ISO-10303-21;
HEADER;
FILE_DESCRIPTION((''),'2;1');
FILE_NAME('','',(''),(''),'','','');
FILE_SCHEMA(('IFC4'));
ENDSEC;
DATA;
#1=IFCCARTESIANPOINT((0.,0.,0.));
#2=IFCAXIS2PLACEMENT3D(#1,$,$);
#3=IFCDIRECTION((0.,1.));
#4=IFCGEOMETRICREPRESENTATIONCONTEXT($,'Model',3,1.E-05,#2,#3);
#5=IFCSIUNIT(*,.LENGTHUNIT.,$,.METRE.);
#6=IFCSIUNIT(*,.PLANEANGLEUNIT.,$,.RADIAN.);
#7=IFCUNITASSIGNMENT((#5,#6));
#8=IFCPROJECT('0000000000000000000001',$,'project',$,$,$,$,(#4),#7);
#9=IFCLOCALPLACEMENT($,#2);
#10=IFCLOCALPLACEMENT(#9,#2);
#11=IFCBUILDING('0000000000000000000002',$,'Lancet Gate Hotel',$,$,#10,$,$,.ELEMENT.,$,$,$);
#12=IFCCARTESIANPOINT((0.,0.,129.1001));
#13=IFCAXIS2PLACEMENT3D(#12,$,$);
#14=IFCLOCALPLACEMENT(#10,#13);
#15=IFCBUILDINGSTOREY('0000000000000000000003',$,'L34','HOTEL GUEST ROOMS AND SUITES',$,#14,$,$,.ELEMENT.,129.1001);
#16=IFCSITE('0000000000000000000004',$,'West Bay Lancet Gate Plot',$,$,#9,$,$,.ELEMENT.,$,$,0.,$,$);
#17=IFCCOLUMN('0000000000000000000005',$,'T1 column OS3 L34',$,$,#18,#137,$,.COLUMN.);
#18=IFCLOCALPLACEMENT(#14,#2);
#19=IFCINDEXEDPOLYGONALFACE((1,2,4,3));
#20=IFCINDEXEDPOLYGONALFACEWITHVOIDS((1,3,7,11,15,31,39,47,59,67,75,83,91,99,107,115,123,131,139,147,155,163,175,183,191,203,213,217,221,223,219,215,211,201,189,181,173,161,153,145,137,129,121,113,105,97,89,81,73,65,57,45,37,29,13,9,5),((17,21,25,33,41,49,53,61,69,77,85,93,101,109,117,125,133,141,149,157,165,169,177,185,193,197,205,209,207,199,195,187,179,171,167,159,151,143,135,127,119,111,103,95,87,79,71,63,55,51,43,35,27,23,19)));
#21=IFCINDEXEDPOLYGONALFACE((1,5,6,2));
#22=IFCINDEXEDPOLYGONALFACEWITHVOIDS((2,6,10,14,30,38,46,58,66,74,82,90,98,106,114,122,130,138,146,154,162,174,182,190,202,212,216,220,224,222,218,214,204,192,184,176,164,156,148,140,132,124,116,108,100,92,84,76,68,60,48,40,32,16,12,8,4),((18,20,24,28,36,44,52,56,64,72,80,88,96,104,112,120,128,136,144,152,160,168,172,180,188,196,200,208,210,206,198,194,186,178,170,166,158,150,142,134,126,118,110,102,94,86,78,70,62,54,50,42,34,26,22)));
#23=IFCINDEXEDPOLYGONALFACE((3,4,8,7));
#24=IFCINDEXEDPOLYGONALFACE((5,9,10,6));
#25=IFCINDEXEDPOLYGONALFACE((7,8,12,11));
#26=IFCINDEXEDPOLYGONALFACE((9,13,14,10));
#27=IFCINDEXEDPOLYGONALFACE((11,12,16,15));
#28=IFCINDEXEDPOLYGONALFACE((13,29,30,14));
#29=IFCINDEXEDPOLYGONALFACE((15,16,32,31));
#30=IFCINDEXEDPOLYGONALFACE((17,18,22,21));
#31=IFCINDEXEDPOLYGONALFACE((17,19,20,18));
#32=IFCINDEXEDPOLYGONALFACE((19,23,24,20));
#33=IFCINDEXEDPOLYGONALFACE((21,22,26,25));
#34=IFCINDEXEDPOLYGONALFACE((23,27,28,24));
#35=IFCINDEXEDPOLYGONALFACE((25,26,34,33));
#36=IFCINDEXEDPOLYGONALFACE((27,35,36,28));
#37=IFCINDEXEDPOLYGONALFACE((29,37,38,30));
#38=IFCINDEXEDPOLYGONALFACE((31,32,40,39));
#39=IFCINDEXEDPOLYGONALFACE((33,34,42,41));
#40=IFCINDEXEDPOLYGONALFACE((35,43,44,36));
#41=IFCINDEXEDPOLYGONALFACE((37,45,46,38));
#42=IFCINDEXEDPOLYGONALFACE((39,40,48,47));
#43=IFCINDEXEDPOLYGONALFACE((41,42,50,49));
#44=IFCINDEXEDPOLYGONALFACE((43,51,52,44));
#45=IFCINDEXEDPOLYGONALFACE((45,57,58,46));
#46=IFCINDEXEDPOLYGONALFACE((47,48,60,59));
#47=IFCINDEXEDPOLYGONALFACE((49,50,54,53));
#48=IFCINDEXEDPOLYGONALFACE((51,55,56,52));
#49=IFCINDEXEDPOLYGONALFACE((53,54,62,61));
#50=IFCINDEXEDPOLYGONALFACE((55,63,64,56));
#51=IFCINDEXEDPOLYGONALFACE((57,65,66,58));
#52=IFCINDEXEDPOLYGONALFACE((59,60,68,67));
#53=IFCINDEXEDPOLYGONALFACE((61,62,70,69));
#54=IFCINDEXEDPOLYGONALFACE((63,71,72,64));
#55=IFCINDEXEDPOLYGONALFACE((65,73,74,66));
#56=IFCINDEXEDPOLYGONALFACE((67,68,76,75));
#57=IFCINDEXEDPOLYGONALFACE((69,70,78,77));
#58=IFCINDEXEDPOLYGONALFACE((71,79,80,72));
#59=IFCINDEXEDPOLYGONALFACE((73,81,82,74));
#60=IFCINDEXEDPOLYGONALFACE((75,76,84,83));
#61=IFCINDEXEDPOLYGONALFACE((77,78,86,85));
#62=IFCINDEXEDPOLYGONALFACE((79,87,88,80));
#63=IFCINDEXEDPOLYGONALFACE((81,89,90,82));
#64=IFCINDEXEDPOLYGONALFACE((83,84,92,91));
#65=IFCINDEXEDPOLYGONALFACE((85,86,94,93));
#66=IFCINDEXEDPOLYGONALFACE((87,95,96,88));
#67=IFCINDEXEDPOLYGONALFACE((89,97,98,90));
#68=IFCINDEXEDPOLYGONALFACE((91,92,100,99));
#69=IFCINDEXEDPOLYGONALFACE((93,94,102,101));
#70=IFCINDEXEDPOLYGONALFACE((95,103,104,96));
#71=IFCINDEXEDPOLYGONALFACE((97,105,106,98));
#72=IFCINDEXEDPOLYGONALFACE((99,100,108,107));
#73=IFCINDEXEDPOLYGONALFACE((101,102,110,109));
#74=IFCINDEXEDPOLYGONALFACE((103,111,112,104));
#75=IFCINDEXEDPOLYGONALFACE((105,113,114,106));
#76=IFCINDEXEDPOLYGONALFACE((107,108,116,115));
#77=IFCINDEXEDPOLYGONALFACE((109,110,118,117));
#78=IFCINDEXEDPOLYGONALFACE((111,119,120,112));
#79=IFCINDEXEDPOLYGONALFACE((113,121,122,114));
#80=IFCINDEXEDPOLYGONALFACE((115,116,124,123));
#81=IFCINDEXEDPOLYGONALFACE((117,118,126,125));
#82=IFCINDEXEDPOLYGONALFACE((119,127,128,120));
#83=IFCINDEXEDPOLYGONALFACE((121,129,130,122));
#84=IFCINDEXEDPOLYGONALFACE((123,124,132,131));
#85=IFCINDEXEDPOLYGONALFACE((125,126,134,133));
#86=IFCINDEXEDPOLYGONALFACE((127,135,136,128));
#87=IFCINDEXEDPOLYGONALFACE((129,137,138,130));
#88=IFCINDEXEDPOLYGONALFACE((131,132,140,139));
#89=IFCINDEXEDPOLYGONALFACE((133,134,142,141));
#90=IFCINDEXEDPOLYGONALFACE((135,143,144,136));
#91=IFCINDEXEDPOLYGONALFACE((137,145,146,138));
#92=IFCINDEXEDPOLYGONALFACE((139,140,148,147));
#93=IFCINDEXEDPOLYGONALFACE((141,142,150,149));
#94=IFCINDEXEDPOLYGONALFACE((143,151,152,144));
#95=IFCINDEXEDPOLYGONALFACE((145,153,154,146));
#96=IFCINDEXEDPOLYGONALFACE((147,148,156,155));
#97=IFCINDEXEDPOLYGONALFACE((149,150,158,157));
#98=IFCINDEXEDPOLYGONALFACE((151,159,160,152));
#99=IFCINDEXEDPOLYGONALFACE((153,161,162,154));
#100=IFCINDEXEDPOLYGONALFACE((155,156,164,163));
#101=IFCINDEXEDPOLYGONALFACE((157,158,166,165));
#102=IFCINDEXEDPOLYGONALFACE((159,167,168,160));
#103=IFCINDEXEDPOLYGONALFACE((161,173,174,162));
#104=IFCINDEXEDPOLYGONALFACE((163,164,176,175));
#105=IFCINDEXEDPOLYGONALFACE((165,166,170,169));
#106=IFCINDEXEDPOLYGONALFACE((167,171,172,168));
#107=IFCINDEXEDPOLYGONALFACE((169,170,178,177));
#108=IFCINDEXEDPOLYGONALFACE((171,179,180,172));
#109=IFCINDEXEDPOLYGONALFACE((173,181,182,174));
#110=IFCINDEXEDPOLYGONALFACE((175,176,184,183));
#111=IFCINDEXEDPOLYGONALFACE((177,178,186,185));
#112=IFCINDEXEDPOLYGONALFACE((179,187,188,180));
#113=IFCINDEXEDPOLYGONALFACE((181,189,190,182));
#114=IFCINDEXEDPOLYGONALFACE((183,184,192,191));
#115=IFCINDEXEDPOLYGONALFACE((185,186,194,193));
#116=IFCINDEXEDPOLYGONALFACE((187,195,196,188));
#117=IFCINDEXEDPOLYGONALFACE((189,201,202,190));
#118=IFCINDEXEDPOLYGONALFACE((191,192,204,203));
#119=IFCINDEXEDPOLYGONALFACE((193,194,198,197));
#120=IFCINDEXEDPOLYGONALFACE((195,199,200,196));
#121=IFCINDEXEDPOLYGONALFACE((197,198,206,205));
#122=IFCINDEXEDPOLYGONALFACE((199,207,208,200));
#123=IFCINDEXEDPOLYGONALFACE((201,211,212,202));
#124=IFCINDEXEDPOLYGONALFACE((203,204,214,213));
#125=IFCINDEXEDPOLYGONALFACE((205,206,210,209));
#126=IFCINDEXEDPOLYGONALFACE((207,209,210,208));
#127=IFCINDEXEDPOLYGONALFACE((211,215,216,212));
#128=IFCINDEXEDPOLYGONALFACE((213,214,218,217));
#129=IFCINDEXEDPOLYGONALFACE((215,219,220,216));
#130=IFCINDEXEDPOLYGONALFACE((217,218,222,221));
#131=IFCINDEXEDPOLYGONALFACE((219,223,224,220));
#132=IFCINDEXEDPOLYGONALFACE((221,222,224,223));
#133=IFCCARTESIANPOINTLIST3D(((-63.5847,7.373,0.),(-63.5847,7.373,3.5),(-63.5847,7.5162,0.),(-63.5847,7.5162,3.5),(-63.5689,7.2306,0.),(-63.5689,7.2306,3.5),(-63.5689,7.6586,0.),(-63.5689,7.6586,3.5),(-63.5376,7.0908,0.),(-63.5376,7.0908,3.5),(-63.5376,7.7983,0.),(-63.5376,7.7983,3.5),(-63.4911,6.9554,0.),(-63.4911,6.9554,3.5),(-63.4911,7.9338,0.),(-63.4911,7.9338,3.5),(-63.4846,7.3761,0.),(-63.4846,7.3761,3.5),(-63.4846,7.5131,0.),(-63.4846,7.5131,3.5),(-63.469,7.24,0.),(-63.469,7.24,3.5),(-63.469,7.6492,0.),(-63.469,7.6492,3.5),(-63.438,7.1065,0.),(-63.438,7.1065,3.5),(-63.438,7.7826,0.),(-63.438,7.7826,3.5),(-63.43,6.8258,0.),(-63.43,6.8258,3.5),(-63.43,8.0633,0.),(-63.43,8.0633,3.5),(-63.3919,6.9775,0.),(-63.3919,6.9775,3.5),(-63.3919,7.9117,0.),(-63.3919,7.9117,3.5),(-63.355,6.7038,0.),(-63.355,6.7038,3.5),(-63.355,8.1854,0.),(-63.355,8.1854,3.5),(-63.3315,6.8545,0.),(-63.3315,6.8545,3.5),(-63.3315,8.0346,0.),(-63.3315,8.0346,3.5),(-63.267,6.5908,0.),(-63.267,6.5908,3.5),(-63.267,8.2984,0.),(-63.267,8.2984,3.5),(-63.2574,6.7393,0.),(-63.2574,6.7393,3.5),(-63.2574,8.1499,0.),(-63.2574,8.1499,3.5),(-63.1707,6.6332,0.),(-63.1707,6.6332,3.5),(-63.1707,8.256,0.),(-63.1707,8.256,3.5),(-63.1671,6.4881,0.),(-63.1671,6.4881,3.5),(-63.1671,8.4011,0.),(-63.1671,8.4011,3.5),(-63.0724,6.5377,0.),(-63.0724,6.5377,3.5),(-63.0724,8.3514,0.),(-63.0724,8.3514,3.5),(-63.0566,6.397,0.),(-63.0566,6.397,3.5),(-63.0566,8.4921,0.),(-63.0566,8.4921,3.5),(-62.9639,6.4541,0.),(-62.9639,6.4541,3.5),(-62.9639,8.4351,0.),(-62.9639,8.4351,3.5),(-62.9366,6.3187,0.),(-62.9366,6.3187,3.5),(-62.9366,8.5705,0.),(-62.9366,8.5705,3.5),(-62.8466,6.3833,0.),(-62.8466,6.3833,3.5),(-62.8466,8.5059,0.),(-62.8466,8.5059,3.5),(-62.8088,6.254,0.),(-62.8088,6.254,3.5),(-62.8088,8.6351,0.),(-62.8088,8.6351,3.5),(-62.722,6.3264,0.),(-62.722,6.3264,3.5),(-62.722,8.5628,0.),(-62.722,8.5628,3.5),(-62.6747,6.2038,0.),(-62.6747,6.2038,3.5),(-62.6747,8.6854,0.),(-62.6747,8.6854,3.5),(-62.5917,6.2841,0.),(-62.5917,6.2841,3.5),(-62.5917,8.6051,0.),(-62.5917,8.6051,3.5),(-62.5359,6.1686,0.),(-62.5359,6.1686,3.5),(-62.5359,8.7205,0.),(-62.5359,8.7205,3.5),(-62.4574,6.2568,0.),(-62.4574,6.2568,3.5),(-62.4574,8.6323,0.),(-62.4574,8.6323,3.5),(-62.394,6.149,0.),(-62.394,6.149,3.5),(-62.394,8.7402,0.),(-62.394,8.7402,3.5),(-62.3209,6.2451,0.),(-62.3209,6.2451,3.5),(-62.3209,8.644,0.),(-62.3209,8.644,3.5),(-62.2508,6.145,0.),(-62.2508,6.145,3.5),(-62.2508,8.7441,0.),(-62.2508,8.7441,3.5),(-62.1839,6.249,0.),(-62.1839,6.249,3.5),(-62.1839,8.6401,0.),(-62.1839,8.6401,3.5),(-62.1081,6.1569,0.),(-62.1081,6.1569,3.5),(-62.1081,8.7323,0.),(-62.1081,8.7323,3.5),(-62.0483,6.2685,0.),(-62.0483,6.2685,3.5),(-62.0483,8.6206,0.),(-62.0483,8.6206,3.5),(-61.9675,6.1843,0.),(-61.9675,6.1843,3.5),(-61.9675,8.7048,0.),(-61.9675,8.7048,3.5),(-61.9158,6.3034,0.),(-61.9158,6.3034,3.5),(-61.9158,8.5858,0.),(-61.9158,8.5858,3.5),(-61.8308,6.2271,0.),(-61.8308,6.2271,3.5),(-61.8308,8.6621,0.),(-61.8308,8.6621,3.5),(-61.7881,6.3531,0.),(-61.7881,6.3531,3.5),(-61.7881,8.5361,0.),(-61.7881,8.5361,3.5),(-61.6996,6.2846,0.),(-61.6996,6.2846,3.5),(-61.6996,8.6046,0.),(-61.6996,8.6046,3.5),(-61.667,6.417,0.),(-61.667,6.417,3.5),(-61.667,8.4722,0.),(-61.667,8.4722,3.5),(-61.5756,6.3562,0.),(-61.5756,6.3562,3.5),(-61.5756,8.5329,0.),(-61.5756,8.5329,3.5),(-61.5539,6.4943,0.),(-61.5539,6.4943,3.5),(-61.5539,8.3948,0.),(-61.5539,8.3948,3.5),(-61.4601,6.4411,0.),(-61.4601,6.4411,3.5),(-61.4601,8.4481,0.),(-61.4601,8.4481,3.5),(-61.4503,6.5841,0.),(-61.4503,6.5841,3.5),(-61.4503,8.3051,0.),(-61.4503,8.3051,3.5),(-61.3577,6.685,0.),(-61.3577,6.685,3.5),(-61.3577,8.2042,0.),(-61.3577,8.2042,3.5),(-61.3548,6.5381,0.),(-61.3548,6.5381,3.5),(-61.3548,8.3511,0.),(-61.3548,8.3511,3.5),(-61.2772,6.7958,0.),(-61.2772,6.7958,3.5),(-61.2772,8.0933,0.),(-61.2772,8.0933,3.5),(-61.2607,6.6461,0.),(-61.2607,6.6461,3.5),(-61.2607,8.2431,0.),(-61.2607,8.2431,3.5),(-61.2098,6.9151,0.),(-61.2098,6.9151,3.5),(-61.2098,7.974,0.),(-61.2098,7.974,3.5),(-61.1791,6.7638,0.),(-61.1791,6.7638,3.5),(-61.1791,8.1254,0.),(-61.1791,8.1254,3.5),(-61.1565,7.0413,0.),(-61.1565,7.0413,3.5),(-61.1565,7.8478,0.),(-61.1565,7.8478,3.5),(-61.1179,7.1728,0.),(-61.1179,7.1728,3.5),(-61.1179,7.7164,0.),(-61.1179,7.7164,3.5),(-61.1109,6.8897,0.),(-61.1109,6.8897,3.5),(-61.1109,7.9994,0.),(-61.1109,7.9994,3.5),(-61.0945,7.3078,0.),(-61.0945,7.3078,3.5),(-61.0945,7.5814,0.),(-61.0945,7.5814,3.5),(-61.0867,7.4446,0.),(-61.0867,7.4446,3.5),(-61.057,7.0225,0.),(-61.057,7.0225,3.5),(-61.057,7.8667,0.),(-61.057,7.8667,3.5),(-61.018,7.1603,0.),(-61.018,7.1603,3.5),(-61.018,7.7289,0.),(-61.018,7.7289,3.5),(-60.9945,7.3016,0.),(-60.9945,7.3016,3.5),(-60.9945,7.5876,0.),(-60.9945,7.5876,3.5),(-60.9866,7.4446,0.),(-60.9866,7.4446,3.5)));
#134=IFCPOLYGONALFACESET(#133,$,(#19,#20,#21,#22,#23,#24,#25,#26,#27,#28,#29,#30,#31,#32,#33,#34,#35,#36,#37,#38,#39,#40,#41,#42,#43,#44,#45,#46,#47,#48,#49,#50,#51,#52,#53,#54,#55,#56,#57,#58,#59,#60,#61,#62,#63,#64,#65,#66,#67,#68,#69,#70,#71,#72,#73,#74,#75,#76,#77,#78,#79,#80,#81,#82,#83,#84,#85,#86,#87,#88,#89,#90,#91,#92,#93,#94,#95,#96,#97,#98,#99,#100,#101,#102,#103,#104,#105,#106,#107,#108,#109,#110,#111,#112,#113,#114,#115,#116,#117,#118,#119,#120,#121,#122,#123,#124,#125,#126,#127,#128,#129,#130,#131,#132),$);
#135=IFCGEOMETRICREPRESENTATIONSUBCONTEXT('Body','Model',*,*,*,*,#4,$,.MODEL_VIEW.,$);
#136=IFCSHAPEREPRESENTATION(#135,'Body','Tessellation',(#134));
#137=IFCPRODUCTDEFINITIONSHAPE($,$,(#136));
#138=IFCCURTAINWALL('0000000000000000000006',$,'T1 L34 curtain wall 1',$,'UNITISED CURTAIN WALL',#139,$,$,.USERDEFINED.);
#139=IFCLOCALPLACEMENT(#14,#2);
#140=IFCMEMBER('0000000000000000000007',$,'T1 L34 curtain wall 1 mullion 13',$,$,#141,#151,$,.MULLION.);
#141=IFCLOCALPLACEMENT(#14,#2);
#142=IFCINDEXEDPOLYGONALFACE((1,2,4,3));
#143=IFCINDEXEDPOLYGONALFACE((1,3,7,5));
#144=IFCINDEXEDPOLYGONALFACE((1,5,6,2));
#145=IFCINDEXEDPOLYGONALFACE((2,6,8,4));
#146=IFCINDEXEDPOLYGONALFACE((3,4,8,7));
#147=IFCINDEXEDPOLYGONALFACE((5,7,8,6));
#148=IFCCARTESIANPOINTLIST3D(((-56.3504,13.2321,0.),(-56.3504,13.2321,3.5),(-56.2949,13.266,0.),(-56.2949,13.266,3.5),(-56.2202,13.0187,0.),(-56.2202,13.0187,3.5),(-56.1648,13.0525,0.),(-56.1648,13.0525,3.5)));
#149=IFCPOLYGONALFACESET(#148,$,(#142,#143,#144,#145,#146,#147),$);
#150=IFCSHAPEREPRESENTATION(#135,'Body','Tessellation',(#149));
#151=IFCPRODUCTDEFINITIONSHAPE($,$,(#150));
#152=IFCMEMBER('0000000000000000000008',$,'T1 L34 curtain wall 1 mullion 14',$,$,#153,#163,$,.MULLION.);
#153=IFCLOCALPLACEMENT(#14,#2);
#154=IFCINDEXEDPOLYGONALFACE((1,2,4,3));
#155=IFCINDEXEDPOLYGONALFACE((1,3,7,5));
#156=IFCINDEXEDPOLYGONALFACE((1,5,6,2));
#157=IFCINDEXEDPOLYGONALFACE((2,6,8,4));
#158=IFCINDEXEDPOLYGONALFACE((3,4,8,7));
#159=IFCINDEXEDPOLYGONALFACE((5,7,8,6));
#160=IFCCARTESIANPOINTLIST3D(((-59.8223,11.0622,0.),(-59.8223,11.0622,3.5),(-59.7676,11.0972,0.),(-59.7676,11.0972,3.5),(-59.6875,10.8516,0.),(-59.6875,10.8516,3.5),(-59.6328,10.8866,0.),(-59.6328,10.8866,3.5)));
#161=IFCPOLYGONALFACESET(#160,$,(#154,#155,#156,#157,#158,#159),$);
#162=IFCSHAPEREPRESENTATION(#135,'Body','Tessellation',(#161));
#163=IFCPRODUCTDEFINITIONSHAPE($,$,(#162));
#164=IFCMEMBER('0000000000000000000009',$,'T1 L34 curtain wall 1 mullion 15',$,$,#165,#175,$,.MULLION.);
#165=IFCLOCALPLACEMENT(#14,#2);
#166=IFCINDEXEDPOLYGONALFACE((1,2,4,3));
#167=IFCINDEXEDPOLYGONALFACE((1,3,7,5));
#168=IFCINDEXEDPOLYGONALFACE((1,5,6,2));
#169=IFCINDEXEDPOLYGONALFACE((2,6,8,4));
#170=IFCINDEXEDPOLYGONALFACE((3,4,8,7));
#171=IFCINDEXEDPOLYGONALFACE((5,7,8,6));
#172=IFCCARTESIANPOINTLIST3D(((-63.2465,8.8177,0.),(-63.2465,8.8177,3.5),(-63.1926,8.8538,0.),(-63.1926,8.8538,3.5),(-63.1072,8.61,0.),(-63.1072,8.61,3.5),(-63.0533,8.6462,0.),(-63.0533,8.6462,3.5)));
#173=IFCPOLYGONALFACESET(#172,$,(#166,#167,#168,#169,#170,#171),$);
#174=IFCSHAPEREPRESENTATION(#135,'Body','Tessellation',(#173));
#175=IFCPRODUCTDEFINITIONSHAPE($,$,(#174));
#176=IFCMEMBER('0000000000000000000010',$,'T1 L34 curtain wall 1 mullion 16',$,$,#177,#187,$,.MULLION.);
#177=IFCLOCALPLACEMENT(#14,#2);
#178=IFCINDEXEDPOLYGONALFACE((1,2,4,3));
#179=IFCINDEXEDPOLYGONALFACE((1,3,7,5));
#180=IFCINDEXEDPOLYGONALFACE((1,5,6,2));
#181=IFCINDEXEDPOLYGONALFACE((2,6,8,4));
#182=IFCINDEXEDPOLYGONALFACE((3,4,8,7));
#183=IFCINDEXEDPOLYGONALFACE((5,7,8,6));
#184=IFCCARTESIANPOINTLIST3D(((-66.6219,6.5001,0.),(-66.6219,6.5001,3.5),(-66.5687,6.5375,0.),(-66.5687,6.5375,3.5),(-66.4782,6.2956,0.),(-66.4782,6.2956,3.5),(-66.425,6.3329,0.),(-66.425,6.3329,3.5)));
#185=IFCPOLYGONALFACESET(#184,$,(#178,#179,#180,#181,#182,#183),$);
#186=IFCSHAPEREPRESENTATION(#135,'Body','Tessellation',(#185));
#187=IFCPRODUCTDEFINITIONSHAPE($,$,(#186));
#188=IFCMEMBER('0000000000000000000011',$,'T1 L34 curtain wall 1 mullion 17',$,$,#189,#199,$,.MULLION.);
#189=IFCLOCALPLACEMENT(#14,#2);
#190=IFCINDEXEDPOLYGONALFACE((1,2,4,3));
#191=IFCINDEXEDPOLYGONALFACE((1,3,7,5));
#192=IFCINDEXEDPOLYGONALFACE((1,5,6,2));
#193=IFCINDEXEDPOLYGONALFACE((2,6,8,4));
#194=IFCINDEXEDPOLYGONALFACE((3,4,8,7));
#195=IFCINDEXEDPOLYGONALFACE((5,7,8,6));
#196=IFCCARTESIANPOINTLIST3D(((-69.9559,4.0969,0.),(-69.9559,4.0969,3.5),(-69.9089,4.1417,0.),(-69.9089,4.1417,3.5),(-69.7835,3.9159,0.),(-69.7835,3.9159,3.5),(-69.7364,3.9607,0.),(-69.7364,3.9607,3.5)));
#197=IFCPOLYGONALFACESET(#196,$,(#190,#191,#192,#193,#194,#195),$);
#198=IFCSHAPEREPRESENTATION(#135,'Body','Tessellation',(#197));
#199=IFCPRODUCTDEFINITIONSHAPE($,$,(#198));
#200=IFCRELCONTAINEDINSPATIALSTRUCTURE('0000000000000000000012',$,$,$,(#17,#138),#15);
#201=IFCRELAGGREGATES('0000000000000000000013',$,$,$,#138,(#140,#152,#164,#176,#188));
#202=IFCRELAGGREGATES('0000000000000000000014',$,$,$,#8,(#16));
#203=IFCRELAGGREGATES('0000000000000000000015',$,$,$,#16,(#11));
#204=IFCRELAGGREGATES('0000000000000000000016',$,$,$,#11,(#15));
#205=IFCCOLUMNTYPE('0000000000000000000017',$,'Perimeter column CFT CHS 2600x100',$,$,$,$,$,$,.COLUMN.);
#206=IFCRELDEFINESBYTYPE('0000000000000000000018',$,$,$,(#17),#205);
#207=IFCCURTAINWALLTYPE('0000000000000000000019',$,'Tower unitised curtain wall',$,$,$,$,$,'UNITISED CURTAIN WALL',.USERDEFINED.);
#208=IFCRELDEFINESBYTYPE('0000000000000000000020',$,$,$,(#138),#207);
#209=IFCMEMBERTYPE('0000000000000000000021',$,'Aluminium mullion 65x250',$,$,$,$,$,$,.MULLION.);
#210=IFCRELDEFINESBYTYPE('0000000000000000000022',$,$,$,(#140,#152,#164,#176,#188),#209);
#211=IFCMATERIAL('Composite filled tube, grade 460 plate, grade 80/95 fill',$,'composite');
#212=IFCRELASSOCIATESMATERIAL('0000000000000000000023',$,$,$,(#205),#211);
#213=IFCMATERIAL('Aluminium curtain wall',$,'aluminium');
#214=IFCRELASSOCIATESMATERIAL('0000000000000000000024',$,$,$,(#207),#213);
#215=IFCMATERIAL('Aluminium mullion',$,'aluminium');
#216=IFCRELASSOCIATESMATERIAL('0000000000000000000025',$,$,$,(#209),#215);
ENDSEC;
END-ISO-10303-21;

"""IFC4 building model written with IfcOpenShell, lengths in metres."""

from ifc_helpers import new_model, si_unit, direction, frame, origin, origin_2d, place, context, subcontext, project, spatial, rectangle, hollow_circle, extrude, material, material_profile, profile_set, type_object, element, aggregate, save


model = new_model("IFC4")

# Units and contexts
model_context = context("Model", 3, precision=1e-05, world=origin(), true_north=direction((0.0, 1.0)))
body_context = subcontext(model_context, "Body", "Model", "MODEL_VIEW")
ifc_project = project(units=[si_unit("LENGTHUNIT", "METRE"), si_unit("PLANEANGLEUNIT", "RADIAN")], contexts=[model_context])

# Site, building, storey
site_placement = place(None, origin())
site = spatial("IfcSite", under=ifc_project, at=site_placement, Name="West Bay Lancet Gate Plot", CompositionType="ELEMENT", RefElevation=0.0)
building_placement = place(site_placement, origin())
building = spatial("IfcBuilding", under=site, at=building_placement, Name="Lancet Gate Hotel", CompositionType="ELEMENT")
storey_placement = place(building_placement, frame((0.0, 0.0, 129.1001)))
storey = spatial("IfcBuildingStorey", under=building, at=storey_placement, Name="L34", Description="HOTEL GUEST ROOMS AND SUITES", CompositionType="ELEMENT", Elevation=129.1001)

# Column
ifc_material_1 = material(Name="Composite filled tube, grade 460 plate, grade 80/95 fill", Category="composite")
ifc_material_profile_1 = material_profile(ifc_material_1, hollow_circle(Radius=1.3, WallThickness=0.1001, at=origin_2d()), Name="CHS 2600x100")
ifc_profile_set_1 = profile_set([ifc_material_profile_1], Name="Composite filled tube, grade 460 plate, grade 80/95 fill")
column_type = type_object("IfcColumnType", Name="Perimeter column CFT CHS 2600x100", PredefinedType="COLUMN", material=ifc_profile_set_1)
column_placement = place(storey_placement, frame((-62.2866, 7.4446, 0.0), z_axis=(0.0, 0.0, 1.0), x_axis=(1.0, 0.0, 0.0)))
element("IfcColumn", 1, at=column_placement, inside=storey, type_object=column_type, Name="T1 column OS3 L34", PredefinedType="COLUMN", context=body_context, shape_type="SweptSolid", body=[
    extrude(hollow_circle(Radius=1.3, WallThickness=0.1001, at=origin_2d()), origin(), (0.0, 0.0, 1.0), 3.5),
])

# Curtain wall, members
ifc_material_2 = material(Name="Aluminium curtain wall", Category="aluminium")
curtain_wall_type = type_object("IfcCurtainWallType", Name="Tower unitised curtain wall", ElementType="UNITISED CURTAIN WALL", PredefinedType="USERDEFINED", material=ifc_material_2)
curtain_wall_placement = place(storey_placement, origin())
curtain_wall = element("IfcCurtainWall", 2, at=curtain_wall_placement, inside=storey, type_object=curtain_wall_type, Name="T1 L34 curtain wall 1", ObjectType="UNITISED CURTAIN WALL", PredefinedType="USERDEFINED")
ifc_material_3 = material(Name="Aluminium mullion", Category="aluminium")
ifc_material_profile_2 = material_profile(ifc_material_3, rectangle(XDim=0.0649, YDim=0.25, at=origin_2d()), Name="MULLION 65x250")
ifc_profile_set_2 = profile_set([ifc_material_profile_2], Name="Aluminium mullion")
member_type_1 = type_object("IfcMemberType", Name="Aluminium mullion 65x250", PredefinedType="MULLION", material=ifc_profile_set_2)
member_1_placement = place(storey_placement, frame((-56.2576, 13.1423, 0.0), z_axis=(0.0, 0.0, 1.0), x_axis=(-0.853716, -0.520739, 0.0)))
member_1 = element("IfcMember", 3, at=member_1_placement, type_object=member_type_1, Name="T1 L34 curtain wall 1 mullion 13", PredefinedType="MULLION", context=body_context, shape_type="SweptSolid", body=[
    extrude(rectangle(XDim=0.0649, YDim=0.25, at=origin_2d()), origin(), (0.0, 0.0, 1.0), 3.5),
])
member_2_placement = place(storey_placement, frame((-59.7275, 10.9744, 0.0), z_axis=(0.0, 0.0, 1.0), x_axis=(-0.842308, -0.538996, 0.0)))
member_2 = element("IfcMember", 4, at=member_2_placement, type_object=member_type_1, Name="T1 L34 curtain wall 1 mullion 14", PredefinedType="MULLION", context=body_context, shape_type="SweptSolid", body=[
    extrude(rectangle(XDim=0.0649, YDim=0.25, at=origin_2d()), origin(), (0.0, 0.0, 1.0), 3.5),
])
member_3_placement = place(storey_placement, frame((-63.1499, 8.7319, 0.0), z_axis=(0.0, 0.0, 1.0), x_axis=(-0.83051, -0.557004, 0.0)))
member_3 = element("IfcMember", 5, at=member_3_placement, type_object=member_type_1, Name="T1 L34 curtain wall 1 mullion 15", PredefinedType="MULLION", context=body_context, shape_type="SweptSolid", body=[
    extrude(rectangle(XDim=0.0649, YDim=0.25, at=origin_2d()), origin(), (0.0, 0.0, 1.0), 3.5),
])
member_4_placement = place(storey_placement, frame((-66.5234, 6.4165, 0.0), z_axis=(0.0, 0.0, 1.0), x_axis=(-0.818327, -0.574753, 0.0)))
member_4 = element("IfcMember", 6, at=member_4_placement, type_object=member_type_1, Name="T1 L34 curtain wall 1 mullion 16", PredefinedType="MULLION", context=body_context, shape_type="SweptSolid", body=[
    extrude(rectangle(XDim=0.0649, YDim=0.25, at=origin_2d()), origin(), (0.0, 0.0, 1.0), 3.5),
])
member_5_placement = place(storey_placement, frame((-69.8462, 4.0288, 0.0), z_axis=(0.0, 0.0, 1.0), x_axis=(-0.723846, -0.689961, 0.0)))
member_5 = element("IfcMember", 7, at=member_5_placement, type_object=member_type_1, Name="T1 L34 curtain wall 1 mullion 17", PredefinedType="MULLION", context=body_context, shape_type="SweptSolid", body=[
    extrude(rectangle(XDim=0.0649, YDim=0.25, at=origin_2d()), origin(), (0.0, 0.0, 1.0), 3.5),
])

aggregate(curtain_wall, [member_1, member_2, member_3, member_4, member_5])

save(model, "model.ifc")
